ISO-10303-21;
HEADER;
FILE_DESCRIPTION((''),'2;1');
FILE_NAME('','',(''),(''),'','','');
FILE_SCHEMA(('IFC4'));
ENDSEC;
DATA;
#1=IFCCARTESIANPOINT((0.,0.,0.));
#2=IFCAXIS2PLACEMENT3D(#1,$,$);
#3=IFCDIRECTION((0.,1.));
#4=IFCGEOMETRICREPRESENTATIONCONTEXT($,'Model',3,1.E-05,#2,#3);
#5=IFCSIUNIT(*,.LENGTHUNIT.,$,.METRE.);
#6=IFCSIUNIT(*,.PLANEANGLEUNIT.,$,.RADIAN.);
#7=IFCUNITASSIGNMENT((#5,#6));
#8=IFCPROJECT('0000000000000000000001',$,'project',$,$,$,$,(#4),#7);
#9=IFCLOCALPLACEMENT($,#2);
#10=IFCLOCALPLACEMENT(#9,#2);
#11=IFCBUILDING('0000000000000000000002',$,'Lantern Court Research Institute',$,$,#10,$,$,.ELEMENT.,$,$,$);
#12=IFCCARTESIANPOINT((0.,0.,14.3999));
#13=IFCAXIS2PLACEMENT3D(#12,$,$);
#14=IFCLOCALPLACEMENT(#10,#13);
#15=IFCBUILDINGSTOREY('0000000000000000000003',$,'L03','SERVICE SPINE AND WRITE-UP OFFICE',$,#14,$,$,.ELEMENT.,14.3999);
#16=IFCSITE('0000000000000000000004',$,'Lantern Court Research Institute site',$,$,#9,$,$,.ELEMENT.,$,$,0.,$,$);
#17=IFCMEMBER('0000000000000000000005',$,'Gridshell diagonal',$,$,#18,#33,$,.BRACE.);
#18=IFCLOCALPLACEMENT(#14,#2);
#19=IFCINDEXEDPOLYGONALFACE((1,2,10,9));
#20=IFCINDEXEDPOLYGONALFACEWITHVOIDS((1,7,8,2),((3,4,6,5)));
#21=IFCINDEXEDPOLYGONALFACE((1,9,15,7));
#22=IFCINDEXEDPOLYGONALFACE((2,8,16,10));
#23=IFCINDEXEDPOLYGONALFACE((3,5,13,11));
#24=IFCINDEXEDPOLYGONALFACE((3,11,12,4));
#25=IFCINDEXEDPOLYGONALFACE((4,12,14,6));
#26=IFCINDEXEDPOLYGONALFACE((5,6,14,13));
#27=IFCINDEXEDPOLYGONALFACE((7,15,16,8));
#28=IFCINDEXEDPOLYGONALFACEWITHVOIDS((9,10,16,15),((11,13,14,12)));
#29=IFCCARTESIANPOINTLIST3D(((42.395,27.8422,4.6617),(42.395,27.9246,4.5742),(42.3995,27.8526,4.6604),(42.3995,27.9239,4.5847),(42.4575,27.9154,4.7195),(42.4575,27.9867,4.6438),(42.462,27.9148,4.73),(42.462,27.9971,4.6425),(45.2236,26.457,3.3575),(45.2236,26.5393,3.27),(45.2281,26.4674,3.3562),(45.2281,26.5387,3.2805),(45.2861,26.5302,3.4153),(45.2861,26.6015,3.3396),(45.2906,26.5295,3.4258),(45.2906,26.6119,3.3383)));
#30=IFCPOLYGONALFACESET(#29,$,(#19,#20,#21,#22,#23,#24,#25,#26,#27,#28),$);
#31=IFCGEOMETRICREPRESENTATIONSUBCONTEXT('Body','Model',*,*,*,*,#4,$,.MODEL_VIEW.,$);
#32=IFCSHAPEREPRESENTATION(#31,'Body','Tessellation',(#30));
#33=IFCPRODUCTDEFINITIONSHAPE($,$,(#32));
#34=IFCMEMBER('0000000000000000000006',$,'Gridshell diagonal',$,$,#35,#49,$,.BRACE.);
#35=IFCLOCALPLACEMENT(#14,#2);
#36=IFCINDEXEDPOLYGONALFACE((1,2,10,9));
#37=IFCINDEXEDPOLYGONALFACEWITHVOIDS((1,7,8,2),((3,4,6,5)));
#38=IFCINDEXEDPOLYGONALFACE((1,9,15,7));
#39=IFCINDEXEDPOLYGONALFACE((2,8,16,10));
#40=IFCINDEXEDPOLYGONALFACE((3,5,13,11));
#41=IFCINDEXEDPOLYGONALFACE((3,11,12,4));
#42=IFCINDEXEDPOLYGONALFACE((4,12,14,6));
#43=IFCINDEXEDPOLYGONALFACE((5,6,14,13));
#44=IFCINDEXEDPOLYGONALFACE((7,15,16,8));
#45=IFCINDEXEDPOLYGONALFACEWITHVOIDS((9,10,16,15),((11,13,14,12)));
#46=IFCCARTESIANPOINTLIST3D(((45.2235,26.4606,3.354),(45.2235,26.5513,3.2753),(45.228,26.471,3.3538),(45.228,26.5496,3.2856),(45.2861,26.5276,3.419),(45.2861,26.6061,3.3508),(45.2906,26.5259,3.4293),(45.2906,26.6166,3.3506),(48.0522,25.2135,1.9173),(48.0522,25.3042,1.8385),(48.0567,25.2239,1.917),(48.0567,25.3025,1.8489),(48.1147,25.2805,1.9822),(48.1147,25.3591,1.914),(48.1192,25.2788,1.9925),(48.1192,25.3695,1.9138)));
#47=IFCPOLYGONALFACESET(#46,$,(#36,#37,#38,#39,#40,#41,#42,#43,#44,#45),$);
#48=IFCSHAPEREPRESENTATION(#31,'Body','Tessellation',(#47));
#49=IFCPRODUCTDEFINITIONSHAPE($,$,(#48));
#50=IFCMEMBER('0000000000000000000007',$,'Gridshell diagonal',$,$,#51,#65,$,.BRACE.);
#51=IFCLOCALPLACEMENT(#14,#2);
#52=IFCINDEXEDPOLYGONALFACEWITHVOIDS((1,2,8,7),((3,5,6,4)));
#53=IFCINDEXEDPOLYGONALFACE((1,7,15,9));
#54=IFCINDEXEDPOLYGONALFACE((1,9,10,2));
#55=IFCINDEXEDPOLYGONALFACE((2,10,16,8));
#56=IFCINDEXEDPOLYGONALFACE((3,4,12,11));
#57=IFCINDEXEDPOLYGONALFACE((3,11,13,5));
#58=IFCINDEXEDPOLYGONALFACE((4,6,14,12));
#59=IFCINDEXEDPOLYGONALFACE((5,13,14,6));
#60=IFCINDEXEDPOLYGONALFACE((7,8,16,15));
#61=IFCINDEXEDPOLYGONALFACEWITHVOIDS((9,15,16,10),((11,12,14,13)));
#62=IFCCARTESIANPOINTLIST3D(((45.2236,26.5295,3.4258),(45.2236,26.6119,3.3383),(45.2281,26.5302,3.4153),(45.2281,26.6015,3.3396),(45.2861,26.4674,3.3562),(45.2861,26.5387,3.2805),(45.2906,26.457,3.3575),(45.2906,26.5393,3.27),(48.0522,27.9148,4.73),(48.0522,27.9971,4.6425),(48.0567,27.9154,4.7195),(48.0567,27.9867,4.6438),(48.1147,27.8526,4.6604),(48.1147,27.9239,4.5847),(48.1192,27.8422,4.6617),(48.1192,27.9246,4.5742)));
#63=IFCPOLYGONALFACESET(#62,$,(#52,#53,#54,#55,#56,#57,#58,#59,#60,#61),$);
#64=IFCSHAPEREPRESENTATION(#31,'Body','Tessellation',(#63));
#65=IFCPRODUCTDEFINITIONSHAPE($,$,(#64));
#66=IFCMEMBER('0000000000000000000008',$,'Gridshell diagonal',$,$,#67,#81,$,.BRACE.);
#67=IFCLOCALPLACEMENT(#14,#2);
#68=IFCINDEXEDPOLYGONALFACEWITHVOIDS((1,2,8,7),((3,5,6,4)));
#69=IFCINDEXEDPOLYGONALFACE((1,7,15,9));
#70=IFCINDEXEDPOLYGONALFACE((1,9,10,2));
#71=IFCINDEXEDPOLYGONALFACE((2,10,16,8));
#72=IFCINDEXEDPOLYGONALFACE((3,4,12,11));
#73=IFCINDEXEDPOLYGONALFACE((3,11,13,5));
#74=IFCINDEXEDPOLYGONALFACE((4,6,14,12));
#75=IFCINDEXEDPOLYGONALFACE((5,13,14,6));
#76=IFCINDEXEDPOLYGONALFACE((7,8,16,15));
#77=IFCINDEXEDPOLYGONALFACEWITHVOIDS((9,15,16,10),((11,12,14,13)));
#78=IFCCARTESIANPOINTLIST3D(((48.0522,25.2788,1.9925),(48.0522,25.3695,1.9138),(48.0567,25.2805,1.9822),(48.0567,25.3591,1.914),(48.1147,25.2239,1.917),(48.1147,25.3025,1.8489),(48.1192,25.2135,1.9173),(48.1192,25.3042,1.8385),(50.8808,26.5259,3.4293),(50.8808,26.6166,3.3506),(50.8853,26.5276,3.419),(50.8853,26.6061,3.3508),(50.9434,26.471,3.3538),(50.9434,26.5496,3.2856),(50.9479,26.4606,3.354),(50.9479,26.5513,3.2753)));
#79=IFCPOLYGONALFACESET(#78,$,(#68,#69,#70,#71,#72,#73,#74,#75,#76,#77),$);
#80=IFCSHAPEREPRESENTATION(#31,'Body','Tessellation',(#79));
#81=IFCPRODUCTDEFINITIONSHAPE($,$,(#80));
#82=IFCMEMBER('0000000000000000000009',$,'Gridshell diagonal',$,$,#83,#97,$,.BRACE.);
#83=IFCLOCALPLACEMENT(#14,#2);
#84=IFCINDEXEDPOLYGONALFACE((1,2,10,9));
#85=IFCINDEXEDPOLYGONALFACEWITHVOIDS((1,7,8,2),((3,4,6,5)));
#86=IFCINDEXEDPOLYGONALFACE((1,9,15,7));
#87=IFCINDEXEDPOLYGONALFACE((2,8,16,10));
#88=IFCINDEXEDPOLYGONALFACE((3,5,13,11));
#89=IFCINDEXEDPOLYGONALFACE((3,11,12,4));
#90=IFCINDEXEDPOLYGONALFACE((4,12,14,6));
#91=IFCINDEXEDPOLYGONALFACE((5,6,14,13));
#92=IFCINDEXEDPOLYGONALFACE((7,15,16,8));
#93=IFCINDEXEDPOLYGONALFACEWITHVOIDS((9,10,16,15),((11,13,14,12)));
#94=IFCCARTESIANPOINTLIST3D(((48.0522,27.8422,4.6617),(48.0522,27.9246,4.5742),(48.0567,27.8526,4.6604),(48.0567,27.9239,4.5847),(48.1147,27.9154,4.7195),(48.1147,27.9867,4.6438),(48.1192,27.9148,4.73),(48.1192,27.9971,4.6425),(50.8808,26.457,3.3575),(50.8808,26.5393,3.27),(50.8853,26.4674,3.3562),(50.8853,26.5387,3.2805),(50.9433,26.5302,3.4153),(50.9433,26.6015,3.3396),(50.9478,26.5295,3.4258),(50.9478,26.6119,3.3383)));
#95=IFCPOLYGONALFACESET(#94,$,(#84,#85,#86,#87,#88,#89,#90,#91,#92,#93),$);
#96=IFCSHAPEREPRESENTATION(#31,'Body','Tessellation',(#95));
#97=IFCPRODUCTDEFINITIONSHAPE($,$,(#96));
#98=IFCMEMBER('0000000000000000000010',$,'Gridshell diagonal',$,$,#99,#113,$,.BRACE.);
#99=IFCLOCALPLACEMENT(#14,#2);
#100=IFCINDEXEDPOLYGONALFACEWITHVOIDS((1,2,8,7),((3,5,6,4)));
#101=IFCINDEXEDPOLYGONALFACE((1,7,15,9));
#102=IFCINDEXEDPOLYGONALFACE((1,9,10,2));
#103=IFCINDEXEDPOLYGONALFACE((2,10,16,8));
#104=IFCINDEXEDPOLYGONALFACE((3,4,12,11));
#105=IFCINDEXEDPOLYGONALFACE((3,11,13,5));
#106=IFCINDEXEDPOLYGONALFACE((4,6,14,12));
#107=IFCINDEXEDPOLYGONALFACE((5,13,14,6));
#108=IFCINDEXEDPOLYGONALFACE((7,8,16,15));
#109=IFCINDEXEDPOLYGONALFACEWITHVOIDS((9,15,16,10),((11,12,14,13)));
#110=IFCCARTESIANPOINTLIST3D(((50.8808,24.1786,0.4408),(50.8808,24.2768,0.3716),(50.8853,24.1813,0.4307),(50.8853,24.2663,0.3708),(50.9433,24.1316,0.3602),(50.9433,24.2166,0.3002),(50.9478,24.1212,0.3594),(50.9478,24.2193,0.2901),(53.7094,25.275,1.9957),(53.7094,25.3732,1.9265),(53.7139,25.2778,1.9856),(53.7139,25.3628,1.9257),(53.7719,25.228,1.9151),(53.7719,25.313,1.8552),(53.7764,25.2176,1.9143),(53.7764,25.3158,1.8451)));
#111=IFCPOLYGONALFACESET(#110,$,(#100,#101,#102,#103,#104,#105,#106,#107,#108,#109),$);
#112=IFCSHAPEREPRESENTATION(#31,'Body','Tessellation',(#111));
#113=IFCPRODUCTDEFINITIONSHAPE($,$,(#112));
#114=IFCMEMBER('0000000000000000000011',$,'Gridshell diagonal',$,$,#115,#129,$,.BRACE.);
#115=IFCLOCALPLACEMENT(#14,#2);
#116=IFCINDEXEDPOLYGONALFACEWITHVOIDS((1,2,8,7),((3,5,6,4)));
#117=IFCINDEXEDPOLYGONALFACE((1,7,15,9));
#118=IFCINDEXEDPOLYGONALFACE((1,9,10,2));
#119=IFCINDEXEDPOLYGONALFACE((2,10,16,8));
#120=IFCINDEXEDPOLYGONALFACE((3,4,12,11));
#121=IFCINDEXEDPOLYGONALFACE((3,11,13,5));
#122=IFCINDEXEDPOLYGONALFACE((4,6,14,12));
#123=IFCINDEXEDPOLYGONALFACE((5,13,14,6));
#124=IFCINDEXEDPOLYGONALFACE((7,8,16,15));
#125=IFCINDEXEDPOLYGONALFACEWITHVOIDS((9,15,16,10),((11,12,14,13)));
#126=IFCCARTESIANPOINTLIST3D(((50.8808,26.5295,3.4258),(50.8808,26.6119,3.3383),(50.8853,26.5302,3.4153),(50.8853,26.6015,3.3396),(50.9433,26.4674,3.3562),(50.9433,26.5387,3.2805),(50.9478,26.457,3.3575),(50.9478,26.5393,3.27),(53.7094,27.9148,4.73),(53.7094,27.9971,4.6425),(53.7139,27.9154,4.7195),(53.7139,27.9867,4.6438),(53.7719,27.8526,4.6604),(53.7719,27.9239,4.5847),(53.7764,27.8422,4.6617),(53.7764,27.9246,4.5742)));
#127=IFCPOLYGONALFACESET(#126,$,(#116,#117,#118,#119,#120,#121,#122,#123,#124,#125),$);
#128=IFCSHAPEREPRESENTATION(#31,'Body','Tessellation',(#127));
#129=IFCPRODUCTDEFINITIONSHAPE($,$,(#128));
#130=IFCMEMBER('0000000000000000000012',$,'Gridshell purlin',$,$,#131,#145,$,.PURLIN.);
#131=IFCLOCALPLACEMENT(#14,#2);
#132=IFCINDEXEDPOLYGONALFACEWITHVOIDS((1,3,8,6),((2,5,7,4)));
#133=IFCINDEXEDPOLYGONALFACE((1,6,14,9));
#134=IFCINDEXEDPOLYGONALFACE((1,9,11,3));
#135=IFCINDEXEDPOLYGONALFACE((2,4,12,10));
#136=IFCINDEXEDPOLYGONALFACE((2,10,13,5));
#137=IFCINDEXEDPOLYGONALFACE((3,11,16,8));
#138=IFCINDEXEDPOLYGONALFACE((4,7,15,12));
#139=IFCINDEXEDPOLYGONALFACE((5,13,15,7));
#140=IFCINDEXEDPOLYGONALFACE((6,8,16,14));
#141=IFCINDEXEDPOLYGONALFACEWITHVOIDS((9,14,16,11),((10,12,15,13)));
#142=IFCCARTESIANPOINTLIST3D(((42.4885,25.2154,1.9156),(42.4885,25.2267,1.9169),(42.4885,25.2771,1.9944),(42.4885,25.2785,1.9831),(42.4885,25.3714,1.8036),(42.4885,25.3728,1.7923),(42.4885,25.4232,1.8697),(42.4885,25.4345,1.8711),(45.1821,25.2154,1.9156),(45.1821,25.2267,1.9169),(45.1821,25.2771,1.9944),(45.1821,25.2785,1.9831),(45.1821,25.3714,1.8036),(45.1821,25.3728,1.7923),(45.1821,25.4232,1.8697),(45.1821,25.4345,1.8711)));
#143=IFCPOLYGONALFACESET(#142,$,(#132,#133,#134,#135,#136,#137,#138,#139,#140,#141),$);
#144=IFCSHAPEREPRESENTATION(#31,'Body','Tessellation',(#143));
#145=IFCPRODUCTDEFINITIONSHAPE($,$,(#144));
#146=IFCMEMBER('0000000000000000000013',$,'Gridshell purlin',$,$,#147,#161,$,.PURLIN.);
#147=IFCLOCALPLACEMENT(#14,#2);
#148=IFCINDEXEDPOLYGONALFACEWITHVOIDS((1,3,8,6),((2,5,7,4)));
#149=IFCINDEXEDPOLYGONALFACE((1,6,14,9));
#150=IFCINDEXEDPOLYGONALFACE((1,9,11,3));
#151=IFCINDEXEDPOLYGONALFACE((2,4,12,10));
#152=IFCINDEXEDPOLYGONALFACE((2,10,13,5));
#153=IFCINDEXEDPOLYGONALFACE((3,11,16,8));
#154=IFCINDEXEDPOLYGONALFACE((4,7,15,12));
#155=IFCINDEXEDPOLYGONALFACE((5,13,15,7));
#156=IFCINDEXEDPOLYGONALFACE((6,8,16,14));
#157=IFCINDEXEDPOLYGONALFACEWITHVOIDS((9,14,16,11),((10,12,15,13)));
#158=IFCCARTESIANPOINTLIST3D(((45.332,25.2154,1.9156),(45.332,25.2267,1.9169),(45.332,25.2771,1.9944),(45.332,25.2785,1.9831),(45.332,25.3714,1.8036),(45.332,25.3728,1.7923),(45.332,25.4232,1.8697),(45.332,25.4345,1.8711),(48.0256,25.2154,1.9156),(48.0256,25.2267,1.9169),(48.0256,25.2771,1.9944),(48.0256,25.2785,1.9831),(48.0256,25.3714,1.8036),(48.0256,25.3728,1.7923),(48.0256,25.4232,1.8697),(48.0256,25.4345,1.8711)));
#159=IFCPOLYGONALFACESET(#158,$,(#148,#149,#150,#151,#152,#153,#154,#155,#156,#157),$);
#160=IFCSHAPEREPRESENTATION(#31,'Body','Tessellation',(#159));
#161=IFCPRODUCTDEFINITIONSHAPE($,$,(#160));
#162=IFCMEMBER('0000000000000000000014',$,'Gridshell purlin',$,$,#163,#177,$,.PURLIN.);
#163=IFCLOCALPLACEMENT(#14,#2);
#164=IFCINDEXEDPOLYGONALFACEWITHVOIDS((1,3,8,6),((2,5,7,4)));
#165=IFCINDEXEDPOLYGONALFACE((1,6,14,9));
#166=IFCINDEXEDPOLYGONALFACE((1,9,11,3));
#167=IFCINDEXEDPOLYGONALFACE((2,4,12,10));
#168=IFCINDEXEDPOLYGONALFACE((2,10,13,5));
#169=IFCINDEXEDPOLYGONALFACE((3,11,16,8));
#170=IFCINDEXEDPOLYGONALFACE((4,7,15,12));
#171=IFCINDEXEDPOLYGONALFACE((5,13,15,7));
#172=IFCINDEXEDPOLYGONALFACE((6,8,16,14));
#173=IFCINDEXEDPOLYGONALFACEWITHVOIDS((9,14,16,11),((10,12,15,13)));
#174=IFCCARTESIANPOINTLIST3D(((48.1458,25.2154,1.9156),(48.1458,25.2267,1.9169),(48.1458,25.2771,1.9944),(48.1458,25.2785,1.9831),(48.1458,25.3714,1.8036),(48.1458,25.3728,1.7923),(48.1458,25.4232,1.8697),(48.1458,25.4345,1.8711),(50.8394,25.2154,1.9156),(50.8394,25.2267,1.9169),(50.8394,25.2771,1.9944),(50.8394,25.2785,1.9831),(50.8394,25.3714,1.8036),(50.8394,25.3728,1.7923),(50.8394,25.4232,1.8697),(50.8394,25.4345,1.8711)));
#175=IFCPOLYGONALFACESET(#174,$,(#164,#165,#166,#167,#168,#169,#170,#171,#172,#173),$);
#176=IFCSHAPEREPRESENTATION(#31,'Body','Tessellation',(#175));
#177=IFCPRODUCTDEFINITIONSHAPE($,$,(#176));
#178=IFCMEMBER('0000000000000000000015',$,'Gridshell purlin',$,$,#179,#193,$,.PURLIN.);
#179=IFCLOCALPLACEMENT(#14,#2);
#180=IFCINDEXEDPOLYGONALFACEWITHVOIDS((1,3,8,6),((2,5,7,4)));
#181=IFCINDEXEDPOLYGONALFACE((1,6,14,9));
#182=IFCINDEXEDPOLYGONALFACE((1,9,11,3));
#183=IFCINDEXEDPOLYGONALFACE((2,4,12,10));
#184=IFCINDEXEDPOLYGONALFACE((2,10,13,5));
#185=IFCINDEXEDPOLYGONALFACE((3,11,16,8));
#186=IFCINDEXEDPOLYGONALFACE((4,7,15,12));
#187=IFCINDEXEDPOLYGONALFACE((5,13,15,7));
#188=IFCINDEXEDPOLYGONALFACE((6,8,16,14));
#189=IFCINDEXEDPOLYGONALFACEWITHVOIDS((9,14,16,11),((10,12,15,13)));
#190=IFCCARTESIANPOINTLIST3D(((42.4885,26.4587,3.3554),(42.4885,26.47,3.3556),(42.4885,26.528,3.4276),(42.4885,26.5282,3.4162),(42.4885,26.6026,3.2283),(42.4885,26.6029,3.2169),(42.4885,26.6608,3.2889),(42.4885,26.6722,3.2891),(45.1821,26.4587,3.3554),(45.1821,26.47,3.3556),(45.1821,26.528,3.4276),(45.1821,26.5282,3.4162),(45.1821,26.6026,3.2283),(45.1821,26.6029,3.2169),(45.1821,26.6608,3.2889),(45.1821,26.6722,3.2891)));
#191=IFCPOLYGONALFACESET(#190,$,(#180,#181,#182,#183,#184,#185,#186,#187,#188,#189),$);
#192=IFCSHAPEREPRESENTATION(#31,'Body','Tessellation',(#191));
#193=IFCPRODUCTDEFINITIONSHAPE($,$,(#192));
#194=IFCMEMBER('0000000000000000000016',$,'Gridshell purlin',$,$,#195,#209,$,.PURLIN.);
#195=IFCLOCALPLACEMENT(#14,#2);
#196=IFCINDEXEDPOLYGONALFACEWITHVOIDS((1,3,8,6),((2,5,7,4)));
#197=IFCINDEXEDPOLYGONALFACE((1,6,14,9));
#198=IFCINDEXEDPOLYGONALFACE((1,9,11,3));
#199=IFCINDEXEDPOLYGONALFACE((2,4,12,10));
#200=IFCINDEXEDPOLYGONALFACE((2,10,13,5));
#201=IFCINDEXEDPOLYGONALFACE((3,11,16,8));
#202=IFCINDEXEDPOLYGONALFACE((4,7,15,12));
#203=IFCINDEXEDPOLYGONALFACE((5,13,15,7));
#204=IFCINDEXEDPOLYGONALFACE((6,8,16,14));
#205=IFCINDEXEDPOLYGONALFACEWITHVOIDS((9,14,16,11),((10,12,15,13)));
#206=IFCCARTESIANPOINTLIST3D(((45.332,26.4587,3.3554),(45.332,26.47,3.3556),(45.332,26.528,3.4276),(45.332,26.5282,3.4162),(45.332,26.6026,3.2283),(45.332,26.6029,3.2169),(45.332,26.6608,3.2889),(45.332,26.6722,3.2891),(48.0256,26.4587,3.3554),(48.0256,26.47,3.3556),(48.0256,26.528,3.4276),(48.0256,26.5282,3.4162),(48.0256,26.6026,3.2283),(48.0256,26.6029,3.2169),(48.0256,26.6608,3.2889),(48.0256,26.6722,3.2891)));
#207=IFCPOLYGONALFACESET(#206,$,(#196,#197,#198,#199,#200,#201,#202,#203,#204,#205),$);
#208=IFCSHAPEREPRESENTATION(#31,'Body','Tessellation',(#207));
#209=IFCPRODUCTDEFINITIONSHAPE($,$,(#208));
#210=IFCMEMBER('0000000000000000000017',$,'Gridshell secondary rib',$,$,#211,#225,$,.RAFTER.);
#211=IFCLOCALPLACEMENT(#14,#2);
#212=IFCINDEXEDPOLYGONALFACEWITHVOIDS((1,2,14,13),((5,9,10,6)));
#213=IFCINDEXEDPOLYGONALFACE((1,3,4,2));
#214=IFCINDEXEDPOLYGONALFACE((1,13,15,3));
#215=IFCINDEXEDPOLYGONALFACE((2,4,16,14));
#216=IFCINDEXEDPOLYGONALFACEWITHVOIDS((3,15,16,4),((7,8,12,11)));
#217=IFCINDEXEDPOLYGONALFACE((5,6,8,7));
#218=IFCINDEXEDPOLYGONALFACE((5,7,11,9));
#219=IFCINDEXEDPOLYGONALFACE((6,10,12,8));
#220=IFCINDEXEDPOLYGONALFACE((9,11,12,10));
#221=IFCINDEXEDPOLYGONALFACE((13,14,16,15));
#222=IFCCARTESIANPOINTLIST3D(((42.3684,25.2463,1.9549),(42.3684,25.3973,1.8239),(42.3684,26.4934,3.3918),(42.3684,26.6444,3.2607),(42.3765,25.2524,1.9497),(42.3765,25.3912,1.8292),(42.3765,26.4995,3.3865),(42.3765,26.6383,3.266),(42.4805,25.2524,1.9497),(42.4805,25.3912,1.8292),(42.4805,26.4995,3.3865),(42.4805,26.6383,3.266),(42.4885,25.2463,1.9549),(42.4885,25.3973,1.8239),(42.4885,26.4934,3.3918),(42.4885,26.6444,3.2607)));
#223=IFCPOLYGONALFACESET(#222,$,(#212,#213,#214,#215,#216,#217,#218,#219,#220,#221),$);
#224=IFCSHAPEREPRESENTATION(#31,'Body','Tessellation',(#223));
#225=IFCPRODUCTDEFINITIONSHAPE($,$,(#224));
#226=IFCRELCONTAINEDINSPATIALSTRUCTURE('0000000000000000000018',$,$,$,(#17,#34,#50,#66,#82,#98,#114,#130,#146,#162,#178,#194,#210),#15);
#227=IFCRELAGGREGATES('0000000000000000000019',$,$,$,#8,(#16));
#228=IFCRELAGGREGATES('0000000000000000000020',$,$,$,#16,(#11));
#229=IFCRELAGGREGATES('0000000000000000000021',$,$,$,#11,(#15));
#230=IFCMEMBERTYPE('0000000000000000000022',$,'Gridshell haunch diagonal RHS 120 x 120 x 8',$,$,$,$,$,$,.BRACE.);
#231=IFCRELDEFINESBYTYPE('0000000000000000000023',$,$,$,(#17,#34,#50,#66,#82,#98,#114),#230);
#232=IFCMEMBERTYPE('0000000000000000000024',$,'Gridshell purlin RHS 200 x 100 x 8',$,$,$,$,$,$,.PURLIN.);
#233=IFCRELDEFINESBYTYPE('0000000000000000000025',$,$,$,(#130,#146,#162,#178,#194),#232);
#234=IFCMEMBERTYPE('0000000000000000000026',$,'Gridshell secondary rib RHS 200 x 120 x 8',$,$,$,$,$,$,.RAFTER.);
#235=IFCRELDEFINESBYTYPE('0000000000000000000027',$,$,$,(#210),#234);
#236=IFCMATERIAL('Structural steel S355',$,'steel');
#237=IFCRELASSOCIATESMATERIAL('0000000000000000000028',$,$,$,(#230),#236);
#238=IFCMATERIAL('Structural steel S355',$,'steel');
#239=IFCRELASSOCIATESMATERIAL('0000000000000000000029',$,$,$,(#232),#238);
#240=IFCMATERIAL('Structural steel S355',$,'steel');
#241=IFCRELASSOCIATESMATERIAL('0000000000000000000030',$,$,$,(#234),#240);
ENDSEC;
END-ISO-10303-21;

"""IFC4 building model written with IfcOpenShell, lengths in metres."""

from ifc_helpers import new_model, si_unit, direction, frame, origin, origin_2d, place, context, subcontext, project, spatial, hollow_rectangle, extrude, material, material_profile, profile_set, type_object, element, save


model = new_model("IFC4")

# Units and contexts
model_context = context("Model", 3, precision=1e-05, world=origin(), true_north=direction((0.0, 1.0)))
body_context = subcontext(model_context, "Body", "Model", "MODEL_VIEW")
ifc_project = project(units=[si_unit("LENGTHUNIT", "METRE"), si_unit("PLANEANGLEUNIT", "RADIAN")], contexts=[model_context])

# Site, building, storey
site_placement = place(None, origin())
site = spatial("IfcSite", under=ifc_project, at=site_placement, Name="Lantern Court Research Institute site", CompositionType="ELEMENT", RefElevation=0.0)
building_placement = place(site_placement, origin())
building = spatial("IfcBuilding", under=site, at=building_placement, Name="Lantern Court Research Institute", CompositionType="ELEMENT")
storey_placement = place(building_placement, frame((0.0, 0.0, 14.3999)))
storey = spatial("IfcBuildingStorey", under=building, at=storey_placement, Name="L03", Description="SERVICE SPINE AND WRITE-UP OFFICE", CompositionType="ELEMENT", Elevation=14.3999)

# Members
ifc_material_1 = material(Name="Structural steel S355", Category="steel")
ifc_material_profile_1 = material_profile(ifc_material_1, hollow_rectangle(XDim=0.1201, YDim=0.1201, WallThickness=0.0081, at=origin_2d()), Name="Gridshell haunch diagonal RHS 120 x 120 x 8")
ifc_profile_set_1 = profile_set([ifc_material_profile_1], Name="Structural steel S355")
member_type_1 = type_object("IfcMemberType", Name="Gridshell haunch diagonal RHS 120 x 120 x 8", PredefinedType="BRACE", material=ifc_profile_set_1)
for number, where, z_axis, x_axis, name in (
    (1, (45.2571, 26.5344, 3.3479), (-0.829762, 0.406358, 0.382581), (-0.558118, -0.604141, -0.568786), "Gridshell diagonal"),
    (2, (48.0857, 25.2915, 1.9155), (-0.829775, 0.365829, 0.421477), (-0.558098, -0.543914, -0.626645), "Gridshell diagonal"),
    (3, (45.2571, 26.5344, 3.3479), (0.829762, 0.406358, 0.382581), (-0.558118, 0.604141, 0.568786), "Gridshell diagonal"),
    (4, (48.0857, 25.2915, 1.9155), (0.829775, 0.365829, 0.421477), (-0.558098, 0.543914, 0.626645), "Gridshell diagonal"),
    (5, (50.9143, 26.5344, 3.3479), (-0.829762, 0.406358, 0.382581), (-0.558118, -0.604141, -0.568786), "Gridshell diagonal"),
    (6, (50.9143, 24.199, 0.3655), (0.829757, 0.321633, 0.45613), (-0.558124, 0.478138, 0.678146), "Gridshell diagonal"),
    (7, (50.9143, 26.5344, 3.3479), (0.829762, 0.406358, 0.382581), (-0.558118, 0.604141, 0.568786), "Gridshell diagonal"),
):
    element("IfcMember", number, at=place(storey_placement, frame(where, z_axis=z_axis, x_axis=x_axis)), inside=storey, type_object=member_type_1, Name=name, PredefinedType="BRACE", context=body_context, shape_type="SweptSolid", body=[
        extrude(hollow_rectangle(XDim=0.1201, YDim=0.1201, WallThickness=0.0081, at=origin_2d()), origin(), (0.0, 0.0, 1.0), 3.4089),
    ])
ifc_material_2 = material(Name="Structural steel S355", Category="steel")
ifc_material_profile_2 = material_profile(ifc_material_2, hollow_rectangle(XDim=0.1001, YDim=0.2, WallThickness=0.0081, at=origin_2d()), Name="Gridshell purlin RHS 200 x 100 x 8")
ifc_profile_set_2 = profile_set([ifc_material_profile_2], Name="Structural steel S355")
member_type_2 = type_object("IfcMemberType", Name="Gridshell purlin RHS 200 x 100 x 8", PredefinedType="PURLIN", material=ifc_profile_set_2)
for number, where, z_axis, x_axis, name in (
    (8, (42.4885, 25.325, 1.8933), (1.0, 0.0, 0.0), (0.0, 0.616657, 0.787232), "Gridshell purlin"),
    (9, (45.332, 25.325, 1.8933), (1.0, 0.0, 0.0), (0.0, 0.616657, 0.787232), "Gridshell purlin"),
    (10, (48.1458, 25.325, 1.8933), (1.0, 0.0, 0.0), (0.0, 0.616657, 0.787232), "Gridshell purlin"),
    (11, (42.4885, 26.5654, 3.3223), (1.0, 0.0, 0.0), (0.0, 0.692674, 0.721251), "Gridshell purlin"),
    (12, (45.332, 26.5654, 3.3223), (1.0, 0.0, 0.0), (0.0, 0.692674, 0.721251), "Gridshell purlin"),
):
    element("IfcMember", number, at=place(storey_placement, frame(where, z_axis=z_axis, x_axis=x_axis)), inside=storey, type_object=member_type_2, Name=name, PredefinedType="PURLIN", context=body_context, shape_type="SweptSolid", body=[
        extrude(hollow_rectangle(XDim=0.1001, YDim=0.2, WallThickness=0.0081, at=origin_2d()), origin(), (0.0, 0.0, 1.0), 2.6936),
    ])
ifc_material_3 = material(Name="Structural steel S355", Category="steel")
ifc_material_profile_3 = material_profile(ifc_material_3, hollow_rectangle(XDim=0.1201, YDim=0.2, WallThickness=0.0081, at=origin_2d()), Name="Gridshell secondary rib RHS 200 x 120 x 8")
ifc_profile_set_3 = profile_set([ifc_material_profile_3], Name="Structural steel S355")
member_type_3 = type_object("IfcMemberType", Name="Gridshell secondary rib RHS 200 x 120 x 8", PredefinedType="RAFTER", material=ifc_profile_set_3)
member_1_placement = place(storey_placement, frame((42.4285, 25.3218, 1.8894), z_axis=(0.0, 0.655492, 0.755202), x_axis=(-1.0, 0.0, 0.0)))
element("IfcMember", 13, at=member_1_placement, inside=storey, type_object=member_type_3, Name="Gridshell secondary rib", PredefinedType="RAFTER", context=body_context, shape_type="SweptSolid", body=[
    extrude(hollow_rectangle(XDim=0.1201, YDim=0.2, WallThickness=0.0081, at=origin_2d()), origin(), (0.0, 0.0, 1.0), 1.9026),
])

save(model, "model.ifc")
